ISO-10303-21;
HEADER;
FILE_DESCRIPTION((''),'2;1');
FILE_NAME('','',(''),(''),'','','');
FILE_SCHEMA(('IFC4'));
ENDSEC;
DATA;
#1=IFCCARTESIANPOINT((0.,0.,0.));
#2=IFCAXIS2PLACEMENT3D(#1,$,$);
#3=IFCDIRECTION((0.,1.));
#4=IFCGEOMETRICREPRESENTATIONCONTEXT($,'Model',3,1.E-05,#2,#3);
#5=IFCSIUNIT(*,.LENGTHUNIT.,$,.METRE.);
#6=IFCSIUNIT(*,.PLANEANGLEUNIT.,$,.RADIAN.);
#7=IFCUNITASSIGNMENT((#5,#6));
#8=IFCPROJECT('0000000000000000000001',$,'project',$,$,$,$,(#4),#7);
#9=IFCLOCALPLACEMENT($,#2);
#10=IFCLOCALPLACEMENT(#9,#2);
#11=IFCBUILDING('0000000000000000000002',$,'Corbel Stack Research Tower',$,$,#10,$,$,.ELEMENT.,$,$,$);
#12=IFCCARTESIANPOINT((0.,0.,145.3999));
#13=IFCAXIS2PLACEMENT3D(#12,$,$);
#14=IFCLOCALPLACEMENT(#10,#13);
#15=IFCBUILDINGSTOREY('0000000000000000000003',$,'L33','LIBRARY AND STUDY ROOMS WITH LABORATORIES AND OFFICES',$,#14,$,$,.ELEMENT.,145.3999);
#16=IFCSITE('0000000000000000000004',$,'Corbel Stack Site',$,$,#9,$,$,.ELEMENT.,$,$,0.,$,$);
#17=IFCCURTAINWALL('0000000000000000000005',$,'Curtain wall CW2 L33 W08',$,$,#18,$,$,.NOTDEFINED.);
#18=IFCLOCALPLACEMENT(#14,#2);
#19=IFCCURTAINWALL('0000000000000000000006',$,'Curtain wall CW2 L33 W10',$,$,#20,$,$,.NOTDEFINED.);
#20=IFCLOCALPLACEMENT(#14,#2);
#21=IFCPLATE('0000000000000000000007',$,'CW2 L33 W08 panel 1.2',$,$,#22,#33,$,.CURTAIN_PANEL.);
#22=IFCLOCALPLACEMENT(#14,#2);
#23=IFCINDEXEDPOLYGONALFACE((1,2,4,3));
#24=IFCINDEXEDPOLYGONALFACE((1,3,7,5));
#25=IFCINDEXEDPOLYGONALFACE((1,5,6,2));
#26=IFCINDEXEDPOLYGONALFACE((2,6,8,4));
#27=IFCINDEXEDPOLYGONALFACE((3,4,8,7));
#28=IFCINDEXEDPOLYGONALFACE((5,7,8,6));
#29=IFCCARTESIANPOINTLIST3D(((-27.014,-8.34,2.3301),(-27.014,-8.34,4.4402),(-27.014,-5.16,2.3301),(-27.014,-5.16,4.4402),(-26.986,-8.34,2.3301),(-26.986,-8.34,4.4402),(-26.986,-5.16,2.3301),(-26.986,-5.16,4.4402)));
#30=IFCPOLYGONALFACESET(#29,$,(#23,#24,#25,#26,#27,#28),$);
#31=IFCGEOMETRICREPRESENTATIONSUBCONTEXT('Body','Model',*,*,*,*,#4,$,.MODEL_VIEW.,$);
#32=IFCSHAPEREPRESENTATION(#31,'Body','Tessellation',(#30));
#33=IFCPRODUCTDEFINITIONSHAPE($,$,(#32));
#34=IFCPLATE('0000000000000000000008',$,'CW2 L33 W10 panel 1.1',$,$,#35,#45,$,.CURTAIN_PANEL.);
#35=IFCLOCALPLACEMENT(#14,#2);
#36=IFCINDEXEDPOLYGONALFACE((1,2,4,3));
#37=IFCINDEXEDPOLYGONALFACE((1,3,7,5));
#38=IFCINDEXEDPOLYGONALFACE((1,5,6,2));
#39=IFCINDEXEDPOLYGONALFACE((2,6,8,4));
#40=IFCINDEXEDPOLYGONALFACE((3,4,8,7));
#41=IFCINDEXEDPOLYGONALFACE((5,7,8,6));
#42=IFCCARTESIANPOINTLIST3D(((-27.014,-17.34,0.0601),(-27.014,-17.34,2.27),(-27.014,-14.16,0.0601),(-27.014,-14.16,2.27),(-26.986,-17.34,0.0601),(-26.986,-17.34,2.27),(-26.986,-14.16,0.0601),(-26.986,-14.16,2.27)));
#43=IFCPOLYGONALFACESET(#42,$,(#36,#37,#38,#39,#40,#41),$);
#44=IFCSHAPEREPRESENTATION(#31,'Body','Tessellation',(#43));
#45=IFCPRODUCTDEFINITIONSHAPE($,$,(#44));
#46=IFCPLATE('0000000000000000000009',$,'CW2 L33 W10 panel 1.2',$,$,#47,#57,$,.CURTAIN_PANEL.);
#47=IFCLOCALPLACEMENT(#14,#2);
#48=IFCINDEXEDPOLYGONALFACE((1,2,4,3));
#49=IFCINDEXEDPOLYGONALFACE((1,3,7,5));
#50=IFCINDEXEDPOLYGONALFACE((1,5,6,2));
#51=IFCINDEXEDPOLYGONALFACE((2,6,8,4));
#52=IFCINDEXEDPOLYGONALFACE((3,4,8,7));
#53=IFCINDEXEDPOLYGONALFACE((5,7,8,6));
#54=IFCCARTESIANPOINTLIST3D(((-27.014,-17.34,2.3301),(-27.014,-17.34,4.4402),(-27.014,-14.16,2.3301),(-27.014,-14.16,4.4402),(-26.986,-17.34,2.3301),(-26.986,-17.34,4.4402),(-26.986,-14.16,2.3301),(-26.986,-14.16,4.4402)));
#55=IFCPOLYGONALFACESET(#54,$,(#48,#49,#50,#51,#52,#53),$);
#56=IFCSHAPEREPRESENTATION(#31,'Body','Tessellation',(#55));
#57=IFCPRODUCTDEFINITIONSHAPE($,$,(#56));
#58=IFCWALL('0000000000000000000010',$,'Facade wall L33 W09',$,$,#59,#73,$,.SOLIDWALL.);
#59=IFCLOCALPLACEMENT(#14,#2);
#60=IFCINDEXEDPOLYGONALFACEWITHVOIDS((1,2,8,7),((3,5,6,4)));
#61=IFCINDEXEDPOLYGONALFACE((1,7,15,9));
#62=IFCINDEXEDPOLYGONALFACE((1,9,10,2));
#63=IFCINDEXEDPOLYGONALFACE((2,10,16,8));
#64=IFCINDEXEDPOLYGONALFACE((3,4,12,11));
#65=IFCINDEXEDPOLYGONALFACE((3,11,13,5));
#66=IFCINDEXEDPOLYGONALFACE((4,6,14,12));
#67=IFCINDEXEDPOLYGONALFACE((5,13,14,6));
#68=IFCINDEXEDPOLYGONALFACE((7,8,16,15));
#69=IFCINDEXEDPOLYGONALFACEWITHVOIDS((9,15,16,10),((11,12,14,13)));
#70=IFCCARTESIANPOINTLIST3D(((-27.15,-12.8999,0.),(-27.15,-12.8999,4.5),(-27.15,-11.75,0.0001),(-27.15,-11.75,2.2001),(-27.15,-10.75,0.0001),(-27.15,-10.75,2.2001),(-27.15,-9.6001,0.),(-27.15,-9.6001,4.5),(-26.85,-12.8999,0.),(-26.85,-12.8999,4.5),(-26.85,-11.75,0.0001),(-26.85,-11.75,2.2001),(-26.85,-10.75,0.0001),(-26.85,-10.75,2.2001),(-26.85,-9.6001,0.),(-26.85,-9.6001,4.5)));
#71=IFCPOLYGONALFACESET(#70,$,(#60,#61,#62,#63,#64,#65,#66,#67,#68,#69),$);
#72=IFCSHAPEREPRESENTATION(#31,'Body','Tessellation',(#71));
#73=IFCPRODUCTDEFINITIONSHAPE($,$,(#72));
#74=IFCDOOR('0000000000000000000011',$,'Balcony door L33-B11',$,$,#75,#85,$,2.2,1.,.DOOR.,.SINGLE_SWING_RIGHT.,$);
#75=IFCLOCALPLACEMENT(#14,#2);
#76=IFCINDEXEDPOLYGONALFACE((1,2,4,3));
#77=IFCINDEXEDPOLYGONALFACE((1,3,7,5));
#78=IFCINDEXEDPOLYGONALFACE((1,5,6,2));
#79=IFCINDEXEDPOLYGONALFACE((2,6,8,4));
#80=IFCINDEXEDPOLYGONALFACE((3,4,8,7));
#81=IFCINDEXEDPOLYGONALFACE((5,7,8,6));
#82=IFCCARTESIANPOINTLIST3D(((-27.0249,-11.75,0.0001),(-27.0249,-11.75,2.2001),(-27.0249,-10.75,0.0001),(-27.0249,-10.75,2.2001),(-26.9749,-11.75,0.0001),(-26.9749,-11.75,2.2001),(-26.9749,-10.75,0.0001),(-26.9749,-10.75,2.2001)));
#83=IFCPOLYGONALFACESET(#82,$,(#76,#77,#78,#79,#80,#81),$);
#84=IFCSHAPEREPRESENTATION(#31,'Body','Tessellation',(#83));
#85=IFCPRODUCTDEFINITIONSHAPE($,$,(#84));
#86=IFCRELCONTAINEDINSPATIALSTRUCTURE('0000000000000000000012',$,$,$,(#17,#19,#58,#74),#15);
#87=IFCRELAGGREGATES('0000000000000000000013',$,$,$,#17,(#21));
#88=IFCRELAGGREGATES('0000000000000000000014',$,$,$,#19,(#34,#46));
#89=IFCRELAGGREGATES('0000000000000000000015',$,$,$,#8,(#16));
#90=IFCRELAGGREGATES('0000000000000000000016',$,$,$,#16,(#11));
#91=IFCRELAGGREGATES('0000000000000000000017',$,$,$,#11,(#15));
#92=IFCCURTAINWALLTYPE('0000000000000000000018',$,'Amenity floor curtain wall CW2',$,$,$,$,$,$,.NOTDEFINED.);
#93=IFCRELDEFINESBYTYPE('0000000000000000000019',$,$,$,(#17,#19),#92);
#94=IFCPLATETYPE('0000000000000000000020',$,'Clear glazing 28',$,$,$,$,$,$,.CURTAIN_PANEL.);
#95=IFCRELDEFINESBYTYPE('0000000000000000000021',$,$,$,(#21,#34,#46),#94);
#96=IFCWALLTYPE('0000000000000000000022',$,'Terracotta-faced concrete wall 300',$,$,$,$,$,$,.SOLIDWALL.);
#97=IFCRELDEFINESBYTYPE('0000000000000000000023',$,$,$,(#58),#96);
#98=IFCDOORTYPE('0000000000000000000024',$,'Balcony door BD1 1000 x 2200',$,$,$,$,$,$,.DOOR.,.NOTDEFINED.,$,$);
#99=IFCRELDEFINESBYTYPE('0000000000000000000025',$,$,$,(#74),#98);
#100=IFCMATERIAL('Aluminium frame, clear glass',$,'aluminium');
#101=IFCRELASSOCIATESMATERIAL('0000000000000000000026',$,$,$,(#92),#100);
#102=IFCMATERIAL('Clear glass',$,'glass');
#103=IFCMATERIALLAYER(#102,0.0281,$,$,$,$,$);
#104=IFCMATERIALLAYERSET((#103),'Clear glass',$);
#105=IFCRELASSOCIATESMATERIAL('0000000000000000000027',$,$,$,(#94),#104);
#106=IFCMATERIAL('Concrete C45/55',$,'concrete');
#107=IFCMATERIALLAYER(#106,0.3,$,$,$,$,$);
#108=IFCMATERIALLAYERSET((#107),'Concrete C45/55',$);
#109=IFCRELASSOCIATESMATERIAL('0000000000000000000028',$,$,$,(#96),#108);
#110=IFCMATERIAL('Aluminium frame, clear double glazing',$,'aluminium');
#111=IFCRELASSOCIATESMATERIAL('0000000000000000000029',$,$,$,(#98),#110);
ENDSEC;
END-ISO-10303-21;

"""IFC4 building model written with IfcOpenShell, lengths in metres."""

from ifc_helpers import new_model, si_unit, direction, frame, frame_2d, origin, origin_2d, place, context, subcontext, project, spatial, rectangle, extrude, material, layer, layer_set, type_object, element, fill, aggregate, save


model = new_model("IFC4")

# Units and contexts
model_context = context("Model", 3, precision=1e-05, world=origin(), true_north=direction((0.0, 1.0)))
body_context = subcontext(model_context, "Body", "Model", "MODEL_VIEW")
ifc_project = project(units=[si_unit("LENGTHUNIT", "METRE"), si_unit("PLANEANGLEUNIT", "RADIAN")], contexts=[model_context])

# Site, building, storey
site_placement = place(None, origin())
site = spatial("IfcSite", under=ifc_project, at=site_placement, Name="Corbel Stack Site", CompositionType="ELEMENT", RefElevation=0.0)
building_placement = place(site_placement, origin())
building = spatial("IfcBuilding", under=site, at=building_placement, Name="Corbel Stack Research Tower", CompositionType="ELEMENT")
storey_placement = place(building_placement, frame((0.0, 0.0, 145.3999)))
storey = spatial("IfcBuildingStorey", under=building, at=storey_placement, Name="L33", Description="LIBRARY AND STUDY ROOMS WITH LABORATORIES AND OFFICES", CompositionType="ELEMENT", Elevation=145.3999)

# Curtain wall
ifc_material_1 = material(Name="Aluminium frame, clear glass", Category="aluminium")
curtain_wall_type = type_object("IfcCurtainWallType", Name="Amenity floor curtain wall CW2", PredefinedType="NOTDEFINED", material=ifc_material_1)
curtain_wall_1_placement = place(storey_placement, origin())
curtain_wall_1 = element("IfcCurtainWall", 1, at=curtain_wall_1_placement, inside=storey, type_object=curtain_wall_type, Name="Curtain wall CW2 L33 W08", PredefinedType="NOTDEFINED")

# Curtain wall
curtain_wall_2_placement = place(storey_placement, origin())
curtain_wall_2 = element("IfcCurtainWall", 2, at=curtain_wall_2_placement, inside=storey, type_object=curtain_wall_type, Name="Curtain wall CW2 L33 W10", PredefinedType="NOTDEFINED")

# Plates
ifc_material_2 = material(Name="Clear glass", Category="glass")
ifc_layer_1 = layer(ifc_material_2, 0.0281)
ifc_layer_set_1 = layer_set([ifc_layer_1], Name="Clear glass")
plate_type = type_object("IfcPlateType", Name="Clear glazing 28", PredefinedType="CURTAIN_PANEL", material=ifc_layer_set_1)
plate_1_placement = place(storey_placement, frame((-27.0, -6.75, 2.3301), z_axis=(0.0, 0.0, 1.0), x_axis=(0.0, -1.0, 0.0)))
plate_1 = element("IfcPlate", 3, at=plate_1_placement, type_object=plate_type, Name="CW2 L33 W08 panel 1.2", PredefinedType="CURTAIN_PANEL", context=body_context, shape_type="SweptSolid", body=[
    extrude(rectangle(XDim=3.1799, YDim=0.0281, at=origin_2d()), origin(), (0.0, 0.0, 1.0), 2.1101),
])
aggregate(curtain_wall_1, [plate_1])
plate_2_placement = place(storey_placement, frame((-27.0, -15.75, 0.0601), z_axis=(0.0, 0.0, 1.0), x_axis=(0.0, -1.0, 0.0)))
plate_2 = element("IfcPlate", 4, at=plate_2_placement, type_object=plate_type, Name="CW2 L33 W10 panel 1.1", PredefinedType="CURTAIN_PANEL", context=body_context, shape_type="SweptSolid", body=[
    extrude(rectangle(XDim=3.1799, YDim=0.0281, at=origin_2d()), origin(), (0.0, 0.0, 1.0), 2.21),
])
plate_3_placement = place(storey_placement, frame((-27.0, -15.75, 2.3301), z_axis=(0.0, 0.0, 1.0), x_axis=(0.0, -1.0, 0.0)))
plate_3 = element("IfcPlate", 5, at=plate_3_placement, type_object=plate_type, Name="CW2 L33 W10 panel 1.2", PredefinedType="CURTAIN_PANEL", context=body_context, shape_type="SweptSolid", body=[
    extrude(rectangle(XDim=3.1799, YDim=0.0281, at=origin_2d()), origin(), (0.0, 0.0, 1.0), 2.1101),
])
aggregate(curtain_wall_2, [plate_2, plate_3])

# Wall, opening, door
ifc_material_3 = material(Name="Concrete C45/55", Category="concrete")
ifc_layer_2 = layer(ifc_material_3, 0.3)
ifc_layer_set_2 = layer_set([ifc_layer_2], Name="Concrete C45/55")
wall_type = type_object("IfcWallType", Name="Terracotta-faced concrete wall 300", PredefinedType="SOLIDWALL", material=ifc_layer_set_2)
wall_placement = place(storey_placement, frame((-27.0, -12.8999, 0.0), z_axis=(0.0, 0.0, 1.0), x_axis=(0.0, 1.0, 0.0)))
wall = element("IfcWall", 6, at=wall_placement, inside=storey, type_object=wall_type, Name="Facade wall L33 W09", PredefinedType="SOLIDWALL", context=body_context, shape_type="SweptSolid", body=[
    extrude(rectangle(XDim=3.2998, YDim=0.3, at=frame_2d((1.6499, 0.0))), origin(), (0.0, 0.0, 1.0), 4.5),
])
opening_placement = place(wall_placement, frame((1.1499, 0.0, 0.0)))
opening = element("IfcOpeningElement", 7, at=opening_placement, cuts=wall, PredefinedType="OPENING", context=body_context, shape_type="SweptSolid", body=[
    extrude(rectangle(XDim=1.0, YDim=2.2, at=frame_2d((0.5, 1.1001))), frame((0.0, 0.1599, 0.0), z_axis=(0.0, -1.0, 0.0), x_axis=(1.0, 0.0, 0.0)), (0.0, 0.0, 1.0), 0.3201),
])
ifc_material_4 = material(Name="Aluminium frame, clear double glazing", Category="aluminium")
door_type = type_object("IfcDoorType", Name="Balcony door BD1 1000 x 2200", OperationType="NOTDEFINED", PredefinedType="DOOR", material=ifc_material_4)
door_placement = place(opening_placement, origin())
door = element("IfcDoor", 8, at=door_placement, inside=storey, type_object=door_type, Name="Balcony door L33-B11", OperationType="SINGLE_SWING_RIGHT", OverallHeight=2.2, OverallWidth=1.0, PredefinedType="DOOR", context=body_context, shape_type="SweptSolid", body=[
    extrude(rectangle(XDim=1.0, YDim=2.2, at=frame_2d((0.5, 1.1001))), frame((0.0, 0.0249, 0.0), z_axis=(0.0, -1.0, 0.0), x_axis=(1.0, 0.0, 0.0)), (0.0, 0.0, 1.0), 0.05),
])
fill(opening, door)

save(model, "model.ifc")
